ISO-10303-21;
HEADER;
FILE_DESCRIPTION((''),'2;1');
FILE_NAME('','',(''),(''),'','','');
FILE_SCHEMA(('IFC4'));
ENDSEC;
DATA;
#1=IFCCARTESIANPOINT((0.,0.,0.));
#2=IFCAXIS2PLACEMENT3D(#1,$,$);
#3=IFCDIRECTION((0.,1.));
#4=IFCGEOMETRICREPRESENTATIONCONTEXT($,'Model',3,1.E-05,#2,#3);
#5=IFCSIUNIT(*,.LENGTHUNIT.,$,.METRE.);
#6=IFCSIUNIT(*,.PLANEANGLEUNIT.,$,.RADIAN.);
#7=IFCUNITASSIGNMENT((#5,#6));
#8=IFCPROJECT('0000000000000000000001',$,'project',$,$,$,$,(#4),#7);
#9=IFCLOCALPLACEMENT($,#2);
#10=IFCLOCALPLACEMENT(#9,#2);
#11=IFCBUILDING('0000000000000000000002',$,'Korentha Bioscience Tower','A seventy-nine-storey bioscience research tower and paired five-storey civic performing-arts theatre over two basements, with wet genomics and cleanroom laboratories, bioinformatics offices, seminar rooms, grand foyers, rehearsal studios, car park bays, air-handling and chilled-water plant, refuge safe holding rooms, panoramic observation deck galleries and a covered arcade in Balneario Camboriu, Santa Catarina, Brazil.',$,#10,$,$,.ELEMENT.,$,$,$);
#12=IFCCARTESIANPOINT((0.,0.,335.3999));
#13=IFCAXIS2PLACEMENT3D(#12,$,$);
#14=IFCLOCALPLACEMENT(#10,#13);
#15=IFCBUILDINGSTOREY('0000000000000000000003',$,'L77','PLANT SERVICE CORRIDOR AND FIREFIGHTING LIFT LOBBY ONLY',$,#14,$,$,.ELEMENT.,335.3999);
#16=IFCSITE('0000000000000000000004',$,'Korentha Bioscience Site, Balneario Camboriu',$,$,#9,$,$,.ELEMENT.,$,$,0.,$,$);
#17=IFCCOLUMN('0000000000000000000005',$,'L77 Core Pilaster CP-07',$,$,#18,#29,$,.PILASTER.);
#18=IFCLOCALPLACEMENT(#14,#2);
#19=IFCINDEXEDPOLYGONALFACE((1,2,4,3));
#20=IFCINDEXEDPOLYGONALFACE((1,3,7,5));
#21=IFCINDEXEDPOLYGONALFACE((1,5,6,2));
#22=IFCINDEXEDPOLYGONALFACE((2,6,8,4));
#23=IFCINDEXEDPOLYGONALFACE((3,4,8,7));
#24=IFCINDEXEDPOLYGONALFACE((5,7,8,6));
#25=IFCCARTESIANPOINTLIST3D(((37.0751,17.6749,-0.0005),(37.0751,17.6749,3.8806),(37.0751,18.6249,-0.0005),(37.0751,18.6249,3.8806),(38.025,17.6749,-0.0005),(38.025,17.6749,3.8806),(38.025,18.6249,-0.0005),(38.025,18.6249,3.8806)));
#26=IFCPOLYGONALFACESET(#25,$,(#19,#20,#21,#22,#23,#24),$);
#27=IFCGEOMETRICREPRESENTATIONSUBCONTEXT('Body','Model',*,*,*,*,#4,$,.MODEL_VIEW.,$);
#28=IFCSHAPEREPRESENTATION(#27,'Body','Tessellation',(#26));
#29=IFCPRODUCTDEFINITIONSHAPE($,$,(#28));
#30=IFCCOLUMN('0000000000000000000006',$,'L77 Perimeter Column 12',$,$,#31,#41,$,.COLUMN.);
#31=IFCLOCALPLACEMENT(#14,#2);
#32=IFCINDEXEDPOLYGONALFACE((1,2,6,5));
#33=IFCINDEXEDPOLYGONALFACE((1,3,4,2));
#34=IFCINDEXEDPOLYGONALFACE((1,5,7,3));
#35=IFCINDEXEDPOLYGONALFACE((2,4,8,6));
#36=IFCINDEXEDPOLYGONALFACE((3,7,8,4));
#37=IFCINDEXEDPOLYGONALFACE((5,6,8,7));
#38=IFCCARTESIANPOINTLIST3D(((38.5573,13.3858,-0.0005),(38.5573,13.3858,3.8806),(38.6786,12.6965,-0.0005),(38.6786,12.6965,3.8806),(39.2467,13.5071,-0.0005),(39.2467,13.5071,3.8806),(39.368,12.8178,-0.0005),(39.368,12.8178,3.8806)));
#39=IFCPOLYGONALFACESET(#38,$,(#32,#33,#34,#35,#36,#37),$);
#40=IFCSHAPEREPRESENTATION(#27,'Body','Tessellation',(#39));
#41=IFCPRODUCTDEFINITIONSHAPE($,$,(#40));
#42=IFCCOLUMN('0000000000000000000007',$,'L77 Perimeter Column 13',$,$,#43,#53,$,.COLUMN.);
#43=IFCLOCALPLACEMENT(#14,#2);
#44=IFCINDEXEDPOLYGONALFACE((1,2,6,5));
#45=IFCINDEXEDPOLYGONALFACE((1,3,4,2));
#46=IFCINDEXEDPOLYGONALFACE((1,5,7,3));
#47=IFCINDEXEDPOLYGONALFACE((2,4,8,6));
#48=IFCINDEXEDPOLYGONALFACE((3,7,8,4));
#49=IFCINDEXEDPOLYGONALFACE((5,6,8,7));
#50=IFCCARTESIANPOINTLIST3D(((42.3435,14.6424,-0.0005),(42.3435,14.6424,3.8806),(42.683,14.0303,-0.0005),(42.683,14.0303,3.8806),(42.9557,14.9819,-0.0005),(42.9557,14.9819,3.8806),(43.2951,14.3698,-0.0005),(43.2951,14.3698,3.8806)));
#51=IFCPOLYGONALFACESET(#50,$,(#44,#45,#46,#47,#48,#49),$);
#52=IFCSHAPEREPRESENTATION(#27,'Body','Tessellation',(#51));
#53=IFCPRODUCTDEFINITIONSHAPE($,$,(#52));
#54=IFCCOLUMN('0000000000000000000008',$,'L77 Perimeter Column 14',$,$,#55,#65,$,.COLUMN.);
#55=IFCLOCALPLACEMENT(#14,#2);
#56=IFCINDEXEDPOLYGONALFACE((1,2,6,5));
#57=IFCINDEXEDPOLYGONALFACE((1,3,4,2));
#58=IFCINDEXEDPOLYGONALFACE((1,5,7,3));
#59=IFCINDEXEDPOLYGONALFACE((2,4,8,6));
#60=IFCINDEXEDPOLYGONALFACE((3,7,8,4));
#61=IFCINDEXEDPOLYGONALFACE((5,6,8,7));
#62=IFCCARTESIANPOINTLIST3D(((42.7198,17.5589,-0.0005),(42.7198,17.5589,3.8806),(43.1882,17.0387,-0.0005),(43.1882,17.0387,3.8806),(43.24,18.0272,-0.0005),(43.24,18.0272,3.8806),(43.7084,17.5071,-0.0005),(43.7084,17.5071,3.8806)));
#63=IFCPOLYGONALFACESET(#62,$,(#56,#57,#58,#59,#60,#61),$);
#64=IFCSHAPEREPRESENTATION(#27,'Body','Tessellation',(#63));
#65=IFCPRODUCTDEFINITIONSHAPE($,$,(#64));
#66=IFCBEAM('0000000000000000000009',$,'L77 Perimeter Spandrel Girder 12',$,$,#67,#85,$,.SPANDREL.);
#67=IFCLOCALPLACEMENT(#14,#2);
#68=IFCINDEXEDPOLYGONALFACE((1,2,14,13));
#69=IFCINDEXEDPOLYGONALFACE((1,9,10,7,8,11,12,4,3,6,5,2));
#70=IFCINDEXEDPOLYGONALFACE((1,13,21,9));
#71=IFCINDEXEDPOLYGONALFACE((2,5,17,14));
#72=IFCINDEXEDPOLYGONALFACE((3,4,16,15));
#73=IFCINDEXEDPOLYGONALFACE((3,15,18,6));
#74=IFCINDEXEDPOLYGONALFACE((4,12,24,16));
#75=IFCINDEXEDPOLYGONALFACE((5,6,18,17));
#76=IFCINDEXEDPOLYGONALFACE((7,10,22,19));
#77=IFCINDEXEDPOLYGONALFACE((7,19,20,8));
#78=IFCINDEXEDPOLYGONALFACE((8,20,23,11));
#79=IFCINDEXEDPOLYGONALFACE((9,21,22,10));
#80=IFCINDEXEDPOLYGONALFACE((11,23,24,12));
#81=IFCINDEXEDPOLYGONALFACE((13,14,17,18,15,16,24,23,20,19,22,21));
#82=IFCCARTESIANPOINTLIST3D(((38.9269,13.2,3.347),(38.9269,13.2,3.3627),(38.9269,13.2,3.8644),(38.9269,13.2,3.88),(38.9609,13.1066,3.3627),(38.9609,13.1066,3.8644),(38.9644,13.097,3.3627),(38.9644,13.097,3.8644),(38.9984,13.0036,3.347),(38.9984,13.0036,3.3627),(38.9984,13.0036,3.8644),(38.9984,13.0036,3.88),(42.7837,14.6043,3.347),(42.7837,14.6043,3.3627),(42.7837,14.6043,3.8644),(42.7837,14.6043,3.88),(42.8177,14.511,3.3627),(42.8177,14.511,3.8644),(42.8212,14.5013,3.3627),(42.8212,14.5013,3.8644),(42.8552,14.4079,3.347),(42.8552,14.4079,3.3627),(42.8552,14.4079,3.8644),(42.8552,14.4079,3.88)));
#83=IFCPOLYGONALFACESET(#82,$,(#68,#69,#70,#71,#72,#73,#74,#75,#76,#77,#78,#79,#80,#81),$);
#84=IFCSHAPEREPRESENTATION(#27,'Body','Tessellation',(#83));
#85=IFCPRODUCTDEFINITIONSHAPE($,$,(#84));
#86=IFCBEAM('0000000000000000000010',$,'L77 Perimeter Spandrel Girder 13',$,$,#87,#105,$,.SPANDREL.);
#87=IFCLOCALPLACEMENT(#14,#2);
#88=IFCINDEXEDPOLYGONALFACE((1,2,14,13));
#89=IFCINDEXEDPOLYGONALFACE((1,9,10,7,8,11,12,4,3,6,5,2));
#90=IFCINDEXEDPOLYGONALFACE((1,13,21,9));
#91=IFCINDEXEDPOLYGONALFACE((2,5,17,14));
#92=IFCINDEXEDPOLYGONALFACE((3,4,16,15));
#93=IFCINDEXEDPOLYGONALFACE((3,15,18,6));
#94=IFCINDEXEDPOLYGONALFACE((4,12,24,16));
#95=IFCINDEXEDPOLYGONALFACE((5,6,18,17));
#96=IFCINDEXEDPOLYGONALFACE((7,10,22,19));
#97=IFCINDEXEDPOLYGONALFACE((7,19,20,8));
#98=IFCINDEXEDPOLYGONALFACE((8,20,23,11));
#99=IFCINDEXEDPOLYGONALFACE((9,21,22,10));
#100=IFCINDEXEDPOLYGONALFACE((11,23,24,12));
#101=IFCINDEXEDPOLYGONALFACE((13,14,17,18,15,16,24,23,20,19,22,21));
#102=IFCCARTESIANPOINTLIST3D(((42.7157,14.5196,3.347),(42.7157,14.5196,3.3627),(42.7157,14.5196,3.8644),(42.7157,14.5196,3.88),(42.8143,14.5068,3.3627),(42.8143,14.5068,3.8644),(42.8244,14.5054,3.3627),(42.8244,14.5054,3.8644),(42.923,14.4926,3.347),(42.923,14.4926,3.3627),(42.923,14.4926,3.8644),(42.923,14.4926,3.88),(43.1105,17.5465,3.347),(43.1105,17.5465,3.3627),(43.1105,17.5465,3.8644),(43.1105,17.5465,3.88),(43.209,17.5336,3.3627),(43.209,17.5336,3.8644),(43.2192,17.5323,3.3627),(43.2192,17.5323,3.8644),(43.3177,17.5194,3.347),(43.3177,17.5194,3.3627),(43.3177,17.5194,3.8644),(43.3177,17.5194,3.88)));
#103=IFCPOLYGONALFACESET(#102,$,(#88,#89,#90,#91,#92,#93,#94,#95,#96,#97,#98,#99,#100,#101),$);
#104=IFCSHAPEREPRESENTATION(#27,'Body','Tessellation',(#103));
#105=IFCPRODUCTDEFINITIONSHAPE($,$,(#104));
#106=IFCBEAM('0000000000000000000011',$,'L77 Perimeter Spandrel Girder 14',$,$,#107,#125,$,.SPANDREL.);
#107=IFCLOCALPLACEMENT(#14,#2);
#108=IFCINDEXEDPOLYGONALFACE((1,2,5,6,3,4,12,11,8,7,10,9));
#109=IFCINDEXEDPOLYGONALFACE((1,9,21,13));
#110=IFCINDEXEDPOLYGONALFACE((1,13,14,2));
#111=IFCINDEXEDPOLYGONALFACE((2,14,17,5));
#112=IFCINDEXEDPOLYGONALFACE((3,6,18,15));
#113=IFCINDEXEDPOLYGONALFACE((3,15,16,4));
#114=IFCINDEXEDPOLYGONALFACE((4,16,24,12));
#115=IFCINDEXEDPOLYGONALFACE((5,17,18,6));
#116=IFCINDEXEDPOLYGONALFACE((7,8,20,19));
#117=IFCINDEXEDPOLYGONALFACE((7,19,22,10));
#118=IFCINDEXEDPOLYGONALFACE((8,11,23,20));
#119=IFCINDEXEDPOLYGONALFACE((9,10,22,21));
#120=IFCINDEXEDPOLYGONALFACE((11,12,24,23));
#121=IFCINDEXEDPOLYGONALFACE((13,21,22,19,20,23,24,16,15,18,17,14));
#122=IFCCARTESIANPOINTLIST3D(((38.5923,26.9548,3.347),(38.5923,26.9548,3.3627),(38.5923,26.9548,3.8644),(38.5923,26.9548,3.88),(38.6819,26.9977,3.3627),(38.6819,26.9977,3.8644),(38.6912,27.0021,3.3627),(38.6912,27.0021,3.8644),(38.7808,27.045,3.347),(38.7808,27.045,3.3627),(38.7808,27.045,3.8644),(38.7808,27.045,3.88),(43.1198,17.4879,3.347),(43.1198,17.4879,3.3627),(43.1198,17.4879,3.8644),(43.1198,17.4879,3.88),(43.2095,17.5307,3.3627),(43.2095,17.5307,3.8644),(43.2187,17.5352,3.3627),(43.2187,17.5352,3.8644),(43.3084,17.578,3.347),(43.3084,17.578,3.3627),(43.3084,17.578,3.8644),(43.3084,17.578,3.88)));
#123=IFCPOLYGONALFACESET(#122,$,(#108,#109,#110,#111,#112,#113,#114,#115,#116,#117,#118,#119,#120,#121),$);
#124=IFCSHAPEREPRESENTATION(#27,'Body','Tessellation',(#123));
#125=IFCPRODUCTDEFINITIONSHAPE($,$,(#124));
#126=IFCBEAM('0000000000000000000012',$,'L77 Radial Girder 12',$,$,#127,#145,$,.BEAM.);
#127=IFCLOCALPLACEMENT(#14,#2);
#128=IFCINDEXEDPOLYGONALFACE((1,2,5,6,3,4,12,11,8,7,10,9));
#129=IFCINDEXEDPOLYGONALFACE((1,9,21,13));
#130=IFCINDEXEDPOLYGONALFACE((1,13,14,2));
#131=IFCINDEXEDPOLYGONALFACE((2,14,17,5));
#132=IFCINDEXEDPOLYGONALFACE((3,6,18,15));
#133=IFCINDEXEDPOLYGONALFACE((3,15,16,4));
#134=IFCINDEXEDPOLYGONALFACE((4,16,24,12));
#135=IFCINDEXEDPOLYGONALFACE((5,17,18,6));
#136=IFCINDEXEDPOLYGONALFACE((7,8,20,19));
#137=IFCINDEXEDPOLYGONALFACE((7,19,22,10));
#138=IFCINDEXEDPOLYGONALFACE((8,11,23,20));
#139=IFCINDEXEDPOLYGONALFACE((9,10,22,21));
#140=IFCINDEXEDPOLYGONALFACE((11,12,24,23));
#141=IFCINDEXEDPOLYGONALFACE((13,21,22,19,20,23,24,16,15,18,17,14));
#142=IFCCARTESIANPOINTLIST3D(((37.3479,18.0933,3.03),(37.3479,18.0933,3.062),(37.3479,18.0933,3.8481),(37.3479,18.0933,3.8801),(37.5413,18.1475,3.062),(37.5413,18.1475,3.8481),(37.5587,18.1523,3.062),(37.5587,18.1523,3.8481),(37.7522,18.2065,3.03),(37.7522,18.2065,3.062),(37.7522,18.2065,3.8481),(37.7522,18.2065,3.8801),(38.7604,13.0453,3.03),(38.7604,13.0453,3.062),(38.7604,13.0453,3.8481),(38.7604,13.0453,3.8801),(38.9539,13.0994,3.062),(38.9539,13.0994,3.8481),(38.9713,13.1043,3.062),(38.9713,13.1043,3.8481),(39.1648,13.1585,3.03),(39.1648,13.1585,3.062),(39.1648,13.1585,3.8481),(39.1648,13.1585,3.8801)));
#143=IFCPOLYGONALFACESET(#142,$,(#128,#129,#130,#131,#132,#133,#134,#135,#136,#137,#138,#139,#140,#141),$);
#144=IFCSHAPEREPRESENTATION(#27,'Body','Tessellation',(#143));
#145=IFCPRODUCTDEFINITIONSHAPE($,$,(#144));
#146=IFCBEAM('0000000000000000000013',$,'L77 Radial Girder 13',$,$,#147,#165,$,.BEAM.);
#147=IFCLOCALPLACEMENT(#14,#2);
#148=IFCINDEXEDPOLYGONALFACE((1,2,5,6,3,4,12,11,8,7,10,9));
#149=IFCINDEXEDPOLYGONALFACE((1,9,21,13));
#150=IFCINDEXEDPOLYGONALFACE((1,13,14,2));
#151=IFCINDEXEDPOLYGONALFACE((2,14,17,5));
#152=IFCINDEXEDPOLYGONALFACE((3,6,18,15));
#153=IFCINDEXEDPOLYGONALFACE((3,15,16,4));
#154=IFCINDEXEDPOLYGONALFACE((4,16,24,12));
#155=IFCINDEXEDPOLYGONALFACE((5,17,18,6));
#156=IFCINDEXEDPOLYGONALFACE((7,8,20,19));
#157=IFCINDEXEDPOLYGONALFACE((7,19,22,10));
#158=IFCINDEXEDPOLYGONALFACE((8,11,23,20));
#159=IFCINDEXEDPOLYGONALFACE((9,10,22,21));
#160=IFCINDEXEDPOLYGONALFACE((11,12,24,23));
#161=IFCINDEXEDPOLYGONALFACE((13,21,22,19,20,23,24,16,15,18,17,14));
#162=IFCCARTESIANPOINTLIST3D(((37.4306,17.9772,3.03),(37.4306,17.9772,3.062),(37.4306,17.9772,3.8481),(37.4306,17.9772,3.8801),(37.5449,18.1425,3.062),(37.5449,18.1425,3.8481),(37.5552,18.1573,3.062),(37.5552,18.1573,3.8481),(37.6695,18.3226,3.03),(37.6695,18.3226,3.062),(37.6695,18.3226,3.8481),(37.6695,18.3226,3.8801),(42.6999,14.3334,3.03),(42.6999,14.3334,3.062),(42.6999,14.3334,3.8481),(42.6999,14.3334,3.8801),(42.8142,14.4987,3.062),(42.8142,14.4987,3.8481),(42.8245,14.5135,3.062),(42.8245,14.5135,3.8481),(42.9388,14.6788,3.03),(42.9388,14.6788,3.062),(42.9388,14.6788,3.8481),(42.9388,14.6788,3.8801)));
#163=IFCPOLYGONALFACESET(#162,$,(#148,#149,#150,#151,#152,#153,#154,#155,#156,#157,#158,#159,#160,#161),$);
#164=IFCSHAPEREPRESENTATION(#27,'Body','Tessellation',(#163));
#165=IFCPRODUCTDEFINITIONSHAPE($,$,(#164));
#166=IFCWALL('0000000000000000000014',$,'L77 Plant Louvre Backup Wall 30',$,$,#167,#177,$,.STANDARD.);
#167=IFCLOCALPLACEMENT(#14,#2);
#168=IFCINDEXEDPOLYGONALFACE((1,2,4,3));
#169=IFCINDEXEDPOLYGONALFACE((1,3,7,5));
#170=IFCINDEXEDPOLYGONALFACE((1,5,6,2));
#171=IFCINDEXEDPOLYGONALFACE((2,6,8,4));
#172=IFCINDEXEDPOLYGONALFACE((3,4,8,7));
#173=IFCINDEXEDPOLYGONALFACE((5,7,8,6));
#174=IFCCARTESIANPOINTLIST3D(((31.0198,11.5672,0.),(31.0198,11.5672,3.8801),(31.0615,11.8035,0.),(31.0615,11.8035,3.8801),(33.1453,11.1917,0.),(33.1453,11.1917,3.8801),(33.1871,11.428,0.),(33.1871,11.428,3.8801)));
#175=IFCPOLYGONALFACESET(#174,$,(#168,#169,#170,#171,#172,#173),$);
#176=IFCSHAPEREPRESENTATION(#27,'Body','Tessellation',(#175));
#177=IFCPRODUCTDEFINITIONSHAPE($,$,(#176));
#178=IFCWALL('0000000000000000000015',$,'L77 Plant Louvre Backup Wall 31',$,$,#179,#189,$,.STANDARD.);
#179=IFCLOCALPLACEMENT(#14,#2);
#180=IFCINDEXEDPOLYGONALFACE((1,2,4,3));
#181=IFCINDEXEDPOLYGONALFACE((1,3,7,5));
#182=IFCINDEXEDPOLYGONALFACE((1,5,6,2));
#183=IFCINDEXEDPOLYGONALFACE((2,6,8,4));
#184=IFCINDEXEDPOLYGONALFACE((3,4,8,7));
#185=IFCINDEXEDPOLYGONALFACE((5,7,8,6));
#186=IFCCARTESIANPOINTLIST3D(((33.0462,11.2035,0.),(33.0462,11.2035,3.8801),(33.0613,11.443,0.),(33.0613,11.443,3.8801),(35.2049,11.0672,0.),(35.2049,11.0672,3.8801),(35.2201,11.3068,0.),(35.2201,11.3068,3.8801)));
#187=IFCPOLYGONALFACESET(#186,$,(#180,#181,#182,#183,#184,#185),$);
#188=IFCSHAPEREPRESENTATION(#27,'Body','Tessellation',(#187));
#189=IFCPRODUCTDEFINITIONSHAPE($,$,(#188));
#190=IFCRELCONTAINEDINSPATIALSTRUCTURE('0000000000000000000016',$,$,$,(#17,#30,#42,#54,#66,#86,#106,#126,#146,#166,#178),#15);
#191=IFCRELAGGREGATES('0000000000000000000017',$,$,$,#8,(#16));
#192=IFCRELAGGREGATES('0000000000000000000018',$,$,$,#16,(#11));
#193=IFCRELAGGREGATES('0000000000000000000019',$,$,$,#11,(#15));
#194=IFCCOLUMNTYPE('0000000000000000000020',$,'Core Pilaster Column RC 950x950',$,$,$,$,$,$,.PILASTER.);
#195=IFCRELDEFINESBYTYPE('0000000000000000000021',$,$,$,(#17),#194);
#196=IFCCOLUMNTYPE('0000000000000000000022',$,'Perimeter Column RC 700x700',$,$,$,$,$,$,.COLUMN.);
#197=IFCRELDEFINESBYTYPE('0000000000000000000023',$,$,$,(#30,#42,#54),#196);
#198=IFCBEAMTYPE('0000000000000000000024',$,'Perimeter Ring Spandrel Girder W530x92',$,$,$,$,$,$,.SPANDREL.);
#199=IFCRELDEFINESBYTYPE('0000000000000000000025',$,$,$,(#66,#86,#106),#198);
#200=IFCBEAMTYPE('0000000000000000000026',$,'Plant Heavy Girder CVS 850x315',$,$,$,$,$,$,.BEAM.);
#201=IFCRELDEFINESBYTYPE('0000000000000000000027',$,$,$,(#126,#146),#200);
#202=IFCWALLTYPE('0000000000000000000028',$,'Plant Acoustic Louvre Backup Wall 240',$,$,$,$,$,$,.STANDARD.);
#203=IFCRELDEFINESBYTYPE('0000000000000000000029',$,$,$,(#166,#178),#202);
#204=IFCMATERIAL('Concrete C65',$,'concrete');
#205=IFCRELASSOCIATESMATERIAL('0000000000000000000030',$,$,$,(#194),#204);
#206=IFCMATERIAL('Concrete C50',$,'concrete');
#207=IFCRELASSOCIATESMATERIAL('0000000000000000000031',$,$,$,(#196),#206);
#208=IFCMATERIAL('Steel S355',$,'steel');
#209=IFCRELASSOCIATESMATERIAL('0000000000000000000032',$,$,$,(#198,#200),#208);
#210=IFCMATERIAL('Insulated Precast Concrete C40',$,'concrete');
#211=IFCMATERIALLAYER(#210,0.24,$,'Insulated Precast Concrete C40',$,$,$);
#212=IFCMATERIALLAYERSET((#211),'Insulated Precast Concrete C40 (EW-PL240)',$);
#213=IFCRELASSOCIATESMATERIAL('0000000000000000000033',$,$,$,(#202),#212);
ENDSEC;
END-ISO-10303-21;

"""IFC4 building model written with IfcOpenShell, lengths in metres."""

from ifc_helpers import new_model, si_unit, direction, frame, frame_2d, origin, origin_2d, place, context, subcontext, project, spatial, rectangle, i_section, extrude, material, layer, layer_set, material_profile, profile_set, type_object, element, save


model = new_model("IFC4")

# Units and contexts
model_context = context("Model", 3, precision=1e-05, world=origin(), true_north=direction((0.0, 1.0)))
body_context = subcontext(model_context, "Body", "Model", "MODEL_VIEW")
ifc_project = project(units=[si_unit("LENGTHUNIT", "METRE"), si_unit("PLANEANGLEUNIT", "RADIAN")], contexts=[model_context])

# Site, building, storey
site_placement = place(None, origin())
site = spatial("IfcSite", under=ifc_project, at=site_placement, Name="Korentha Bioscience Site, Balneario Camboriu", CompositionType="ELEMENT", RefElevation=0.0)
building_placement = place(site_placement, origin())
building = spatial("IfcBuilding", under=site, at=building_placement, Name="Korentha Bioscience Tower", Description="A seventy-nine-storey bioscience research tower and paired five-storey civic performing-arts theatre over two basements, with wet genomics and cleanroom laboratories, bioinformatics offices, seminar rooms, grand foyers, rehearsal studios, car park bays, air-handling and chilled-water plant, refuge safe holding rooms, panoramic observation deck galleries and a covered arcade in Balneario Camboriu, Santa Catarina, Brazil.", CompositionType="ELEMENT")
storey_placement = place(building_placement, frame((0.0, 0.0, 335.3999)))
storey = spatial("IfcBuildingStorey", under=building, at=storey_placement, Name="L77", Description="PLANT SERVICE CORRIDOR AND FIREFIGHTING LIFT LOBBY ONLY", CompositionType="ELEMENT", Elevation=335.3999)

# Columns
ifc_material_1 = material(Name="Concrete C65", Category="concrete")
ifc_material_profile_1 = material_profile(ifc_material_1, rectangle(XDim=0.95, YDim=0.95, at=origin_2d()), Name="Concrete C65")
ifc_profile_set_1 = profile_set([ifc_material_profile_1], Name="Concrete C65 (COL-CP09)")
column_type_1 = type_object("IfcColumnType", Name="Core Pilaster Column RC 950x950", PredefinedType="PILASTER", material=ifc_profile_set_1)
column_placement = place(storey_placement, frame((37.55, 18.1499, -0.0005), z_axis=(0.0, 0.0, 1.0), x_axis=(1.0, 0.0, 0.0)))
element("IfcColumn", 1, at=column_placement, inside=storey, type_object=column_type_1, Name="L77 Core Pilaster CP-07", PredefinedType="PILASTER", context=body_context, shape_type="SweptSolid", body=[
    extrude(rectangle(XDim=0.95, YDim=0.95, at=origin_2d()), origin(), (0.0, 0.0, 1.0), 3.8811),
])
ifc_material_2 = material(Name="Concrete C50", Category="concrete")
ifc_material_profile_2 = material_profile(ifc_material_2, rectangle(XDim=0.7, YDim=0.7, at=origin_2d()), Name="Concrete C50")
ifc_profile_set_2 = profile_set([ifc_material_profile_2], Name="Concrete C50 (COL-P07)")
column_type_2 = type_object("IfcColumnType", Name="Perimeter Column RC 700x700", PredefinedType="COLUMN", material=ifc_profile_set_2)
for number, where, z_axis, x_axis, name in (
    (2, (38.9626, 13.1018, -0.0005), (0.0, 0.0, 1.0), (0.984868, 0.173304, 0.0), "L77 Perimeter Column 12"),
    (3, (42.8193, 14.5061, -0.0005), (0.0, 0.0, 1.0), (0.874535, 0.484962, 0.0), "L77 Perimeter Column 13"),
    (4, (43.2141, 17.533, -0.0005), (0.0, 0.0, 1.0), (-0.669131, 0.743145, 0.0), "L77 Perimeter Column 14"),
):
    element("IfcColumn", number, at=place(storey_placement, frame(where, z_axis=z_axis, x_axis=x_axis)), inside=storey, type_object=column_type_2, Name=name, PredefinedType="COLUMN", context=body_context, shape_type="SweptSolid", body=[
        extrude(rectangle(XDim=0.7, YDim=0.7, at=origin_2d()), origin(), (0.0, 0.0, 1.0), 3.8811),
    ])

# Beams
ifc_material_3 = material(Name="Steel S355", Category="steel")
ifc_material_profile_3 = material_profile(ifc_material_3, i_section(OverallWidth=0.209, OverallDepth=0.533, WebThickness=0.0103, FlangeThickness=0.0156, at=origin_2d()), Name="Steel S355")
ifc_profile_set_3 = profile_set([ifc_material_profile_3], Name="Steel S355 (SB-530)")
beam_type_1 = type_object("IfcBeamType", Name="Perimeter Ring Spandrel Girder W530x92", PredefinedType="SPANDREL", material=ifc_profile_set_3)
beam_1_placement = place(storey_placement, frame((38.9626, 13.1018, 3.6135), z_axis=(0.939647, 0.342144, 0.0), x_axis=(-0.342144, 0.939647, 0.0)))
element("IfcBeam", 5, at=beam_1_placement, inside=storey, type_object=beam_type_1, Name="L77 Perimeter Spandrel Girder 12", PredefinedType="SPANDREL", context=body_context, shape_type="SweptSolid", body=[
    extrude(i_section(OverallWidth=0.209, OverallDepth=0.533, WebThickness=0.0103, FlangeThickness=0.0156, at=origin_2d()), origin(), (0.0, 0.0, 1.0), 4.1045),
])
beam_2_placement = place(storey_placement, frame((42.8193, 14.5061, 3.6135), z_axis=(0.129329, 0.991602, 0.0), x_axis=(-0.991602, 0.129329, 0.0)))
element("IfcBeam", 6, at=beam_2_placement, inside=storey, type_object=beam_type_1, Name="L77 Perimeter Spandrel Girder 13", PredefinedType="SPANDREL", context=body_context, shape_type="SweptSolid", body=[
    extrude(i_section(OverallWidth=0.209, OverallDepth=0.533, WebThickness=0.0103, FlangeThickness=0.0156, at=origin_2d()), origin(), (0.0, 0.0, 1.0), 3.0525),
])
beam_3_placement = place(storey_placement, frame((43.2141, 17.533, 3.6135), z_axis=(-0.431446, 0.902139, 0.0), x_axis=(-0.902139, -0.431446, 0.0)))
element("IfcBeam", 7, at=beam_3_placement, inside=storey, type_object=beam_type_1, Name="L77 Perimeter Spandrel Girder 14", PredefinedType="SPANDREL", context=body_context, shape_type="SweptSolid", body=[
    extrude(i_section(OverallWidth=0.209, OverallDepth=0.533, WebThickness=0.0103, FlangeThickness=0.0156, at=origin_2d()), origin(), (0.0, 0.0, 1.0), 10.4939),
])
ifc_material_profile_4 = material_profile(ifc_material_3, i_section(OverallWidth=0.4199, OverallDepth=0.8501, WebThickness=0.0181, FlangeThickness=0.032, at=origin_2d()), Name="Steel S355")
ifc_profile_set_4 = profile_set([ifc_material_profile_4], Name="Steel S355 (MB-850)")
beam_type_2 = type_object("IfcBeamType", Name="Plant Heavy Girder CVS 850x315", PredefinedType="BEAM", material=ifc_profile_set_4)
beam_4_placement = place(storey_placement, frame((37.55, 18.1499, 3.4551), z_axis=(0.269476, -0.963007, 0.0), x_axis=(0.963007, 0.269476, 0.0)))
element("IfcBeam", 8, at=beam_4_placement, inside=storey, type_object=beam_type_2, Name="L77 Radial Girder 12", PredefinedType="BEAM", context=body_context, shape_type="SweptSolid", body=[
    extrude(i_section(OverallWidth=0.4199, OverallDepth=0.8501, WebThickness=0.0181, FlangeThickness=0.032, at=origin_2d()), origin(), (0.0, 0.0, 1.0), 5.2419),
])
beam_5_placement = place(storey_placement, frame((37.55, 18.1499, 3.4551), z_axis=(0.822497, -0.56877, 0.0), x_axis=(0.56877, 0.822497, 0.0)))
element("IfcBeam", 9, at=beam_5_placement, inside=storey, type_object=beam_type_2, Name="L77 Radial Girder 13", PredefinedType="BEAM", context=body_context, shape_type="SweptSolid", body=[
    extrude(i_section(OverallWidth=0.4199, OverallDepth=0.8501, WebThickness=0.0181, FlangeThickness=0.032, at=origin_2d()), origin(), (0.0, 0.0, 1.0), 6.4065),
])

# Walls
ifc_material_4 = material(Name="Insulated Precast Concrete C40", Category="concrete")
ifc_layer_1 = layer(ifc_material_4, 0.24, Name="Insulated Precast Concrete C40")
ifc_layer_set_1 = layer_set([ifc_layer_1], Name="Insulated Precast Concrete C40 (EW-PL240)")
wall_type = type_object("IfcWallType", Name="Plant Acoustic Louvre Backup Wall 240", PredefinedType="STANDARD", material=ifc_layer_set_1)
wall_1_placement = place(storey_placement, frame((31.0408, 11.6853, 0.0), z_axis=(0.0, 0.0, 1.0), x_axis=(0.984752, -0.173966, 0.0)))
element("IfcWall", 10, at=wall_1_placement, inside=storey, type_object=wall_type, Name="L77 Plant Louvre Backup Wall 30", PredefinedType="STANDARD", context=body_context, shape_type="SweptSolid", body=[
    extrude(rectangle(XDim=2.1584, YDim=0.24, at=frame_2d((1.0791, 0.0))), origin(), (0.0, 0.0, 1.0), 3.8801),
])
wall_2_placement = place(storey_placement, frame((33.0537, 11.3232, 0.0), z_axis=(0.0, 0.0, 1.0), x_axis=(0.998015, -0.062983, 0.0)))
element("IfcWall", 11, at=wall_2_placement, inside=storey, type_object=wall_type, Name="L77 Plant Louvre Backup Wall 31", PredefinedType="STANDARD", context=body_context, shape_type="SweptSolid", body=[
    extrude(rectangle(XDim=2.1631, YDim=0.24, at=frame_2d((1.0815, 0.0))), origin(), (0.0, 0.0, 1.0), 3.8801),
])

save(model, "model.ifc")
